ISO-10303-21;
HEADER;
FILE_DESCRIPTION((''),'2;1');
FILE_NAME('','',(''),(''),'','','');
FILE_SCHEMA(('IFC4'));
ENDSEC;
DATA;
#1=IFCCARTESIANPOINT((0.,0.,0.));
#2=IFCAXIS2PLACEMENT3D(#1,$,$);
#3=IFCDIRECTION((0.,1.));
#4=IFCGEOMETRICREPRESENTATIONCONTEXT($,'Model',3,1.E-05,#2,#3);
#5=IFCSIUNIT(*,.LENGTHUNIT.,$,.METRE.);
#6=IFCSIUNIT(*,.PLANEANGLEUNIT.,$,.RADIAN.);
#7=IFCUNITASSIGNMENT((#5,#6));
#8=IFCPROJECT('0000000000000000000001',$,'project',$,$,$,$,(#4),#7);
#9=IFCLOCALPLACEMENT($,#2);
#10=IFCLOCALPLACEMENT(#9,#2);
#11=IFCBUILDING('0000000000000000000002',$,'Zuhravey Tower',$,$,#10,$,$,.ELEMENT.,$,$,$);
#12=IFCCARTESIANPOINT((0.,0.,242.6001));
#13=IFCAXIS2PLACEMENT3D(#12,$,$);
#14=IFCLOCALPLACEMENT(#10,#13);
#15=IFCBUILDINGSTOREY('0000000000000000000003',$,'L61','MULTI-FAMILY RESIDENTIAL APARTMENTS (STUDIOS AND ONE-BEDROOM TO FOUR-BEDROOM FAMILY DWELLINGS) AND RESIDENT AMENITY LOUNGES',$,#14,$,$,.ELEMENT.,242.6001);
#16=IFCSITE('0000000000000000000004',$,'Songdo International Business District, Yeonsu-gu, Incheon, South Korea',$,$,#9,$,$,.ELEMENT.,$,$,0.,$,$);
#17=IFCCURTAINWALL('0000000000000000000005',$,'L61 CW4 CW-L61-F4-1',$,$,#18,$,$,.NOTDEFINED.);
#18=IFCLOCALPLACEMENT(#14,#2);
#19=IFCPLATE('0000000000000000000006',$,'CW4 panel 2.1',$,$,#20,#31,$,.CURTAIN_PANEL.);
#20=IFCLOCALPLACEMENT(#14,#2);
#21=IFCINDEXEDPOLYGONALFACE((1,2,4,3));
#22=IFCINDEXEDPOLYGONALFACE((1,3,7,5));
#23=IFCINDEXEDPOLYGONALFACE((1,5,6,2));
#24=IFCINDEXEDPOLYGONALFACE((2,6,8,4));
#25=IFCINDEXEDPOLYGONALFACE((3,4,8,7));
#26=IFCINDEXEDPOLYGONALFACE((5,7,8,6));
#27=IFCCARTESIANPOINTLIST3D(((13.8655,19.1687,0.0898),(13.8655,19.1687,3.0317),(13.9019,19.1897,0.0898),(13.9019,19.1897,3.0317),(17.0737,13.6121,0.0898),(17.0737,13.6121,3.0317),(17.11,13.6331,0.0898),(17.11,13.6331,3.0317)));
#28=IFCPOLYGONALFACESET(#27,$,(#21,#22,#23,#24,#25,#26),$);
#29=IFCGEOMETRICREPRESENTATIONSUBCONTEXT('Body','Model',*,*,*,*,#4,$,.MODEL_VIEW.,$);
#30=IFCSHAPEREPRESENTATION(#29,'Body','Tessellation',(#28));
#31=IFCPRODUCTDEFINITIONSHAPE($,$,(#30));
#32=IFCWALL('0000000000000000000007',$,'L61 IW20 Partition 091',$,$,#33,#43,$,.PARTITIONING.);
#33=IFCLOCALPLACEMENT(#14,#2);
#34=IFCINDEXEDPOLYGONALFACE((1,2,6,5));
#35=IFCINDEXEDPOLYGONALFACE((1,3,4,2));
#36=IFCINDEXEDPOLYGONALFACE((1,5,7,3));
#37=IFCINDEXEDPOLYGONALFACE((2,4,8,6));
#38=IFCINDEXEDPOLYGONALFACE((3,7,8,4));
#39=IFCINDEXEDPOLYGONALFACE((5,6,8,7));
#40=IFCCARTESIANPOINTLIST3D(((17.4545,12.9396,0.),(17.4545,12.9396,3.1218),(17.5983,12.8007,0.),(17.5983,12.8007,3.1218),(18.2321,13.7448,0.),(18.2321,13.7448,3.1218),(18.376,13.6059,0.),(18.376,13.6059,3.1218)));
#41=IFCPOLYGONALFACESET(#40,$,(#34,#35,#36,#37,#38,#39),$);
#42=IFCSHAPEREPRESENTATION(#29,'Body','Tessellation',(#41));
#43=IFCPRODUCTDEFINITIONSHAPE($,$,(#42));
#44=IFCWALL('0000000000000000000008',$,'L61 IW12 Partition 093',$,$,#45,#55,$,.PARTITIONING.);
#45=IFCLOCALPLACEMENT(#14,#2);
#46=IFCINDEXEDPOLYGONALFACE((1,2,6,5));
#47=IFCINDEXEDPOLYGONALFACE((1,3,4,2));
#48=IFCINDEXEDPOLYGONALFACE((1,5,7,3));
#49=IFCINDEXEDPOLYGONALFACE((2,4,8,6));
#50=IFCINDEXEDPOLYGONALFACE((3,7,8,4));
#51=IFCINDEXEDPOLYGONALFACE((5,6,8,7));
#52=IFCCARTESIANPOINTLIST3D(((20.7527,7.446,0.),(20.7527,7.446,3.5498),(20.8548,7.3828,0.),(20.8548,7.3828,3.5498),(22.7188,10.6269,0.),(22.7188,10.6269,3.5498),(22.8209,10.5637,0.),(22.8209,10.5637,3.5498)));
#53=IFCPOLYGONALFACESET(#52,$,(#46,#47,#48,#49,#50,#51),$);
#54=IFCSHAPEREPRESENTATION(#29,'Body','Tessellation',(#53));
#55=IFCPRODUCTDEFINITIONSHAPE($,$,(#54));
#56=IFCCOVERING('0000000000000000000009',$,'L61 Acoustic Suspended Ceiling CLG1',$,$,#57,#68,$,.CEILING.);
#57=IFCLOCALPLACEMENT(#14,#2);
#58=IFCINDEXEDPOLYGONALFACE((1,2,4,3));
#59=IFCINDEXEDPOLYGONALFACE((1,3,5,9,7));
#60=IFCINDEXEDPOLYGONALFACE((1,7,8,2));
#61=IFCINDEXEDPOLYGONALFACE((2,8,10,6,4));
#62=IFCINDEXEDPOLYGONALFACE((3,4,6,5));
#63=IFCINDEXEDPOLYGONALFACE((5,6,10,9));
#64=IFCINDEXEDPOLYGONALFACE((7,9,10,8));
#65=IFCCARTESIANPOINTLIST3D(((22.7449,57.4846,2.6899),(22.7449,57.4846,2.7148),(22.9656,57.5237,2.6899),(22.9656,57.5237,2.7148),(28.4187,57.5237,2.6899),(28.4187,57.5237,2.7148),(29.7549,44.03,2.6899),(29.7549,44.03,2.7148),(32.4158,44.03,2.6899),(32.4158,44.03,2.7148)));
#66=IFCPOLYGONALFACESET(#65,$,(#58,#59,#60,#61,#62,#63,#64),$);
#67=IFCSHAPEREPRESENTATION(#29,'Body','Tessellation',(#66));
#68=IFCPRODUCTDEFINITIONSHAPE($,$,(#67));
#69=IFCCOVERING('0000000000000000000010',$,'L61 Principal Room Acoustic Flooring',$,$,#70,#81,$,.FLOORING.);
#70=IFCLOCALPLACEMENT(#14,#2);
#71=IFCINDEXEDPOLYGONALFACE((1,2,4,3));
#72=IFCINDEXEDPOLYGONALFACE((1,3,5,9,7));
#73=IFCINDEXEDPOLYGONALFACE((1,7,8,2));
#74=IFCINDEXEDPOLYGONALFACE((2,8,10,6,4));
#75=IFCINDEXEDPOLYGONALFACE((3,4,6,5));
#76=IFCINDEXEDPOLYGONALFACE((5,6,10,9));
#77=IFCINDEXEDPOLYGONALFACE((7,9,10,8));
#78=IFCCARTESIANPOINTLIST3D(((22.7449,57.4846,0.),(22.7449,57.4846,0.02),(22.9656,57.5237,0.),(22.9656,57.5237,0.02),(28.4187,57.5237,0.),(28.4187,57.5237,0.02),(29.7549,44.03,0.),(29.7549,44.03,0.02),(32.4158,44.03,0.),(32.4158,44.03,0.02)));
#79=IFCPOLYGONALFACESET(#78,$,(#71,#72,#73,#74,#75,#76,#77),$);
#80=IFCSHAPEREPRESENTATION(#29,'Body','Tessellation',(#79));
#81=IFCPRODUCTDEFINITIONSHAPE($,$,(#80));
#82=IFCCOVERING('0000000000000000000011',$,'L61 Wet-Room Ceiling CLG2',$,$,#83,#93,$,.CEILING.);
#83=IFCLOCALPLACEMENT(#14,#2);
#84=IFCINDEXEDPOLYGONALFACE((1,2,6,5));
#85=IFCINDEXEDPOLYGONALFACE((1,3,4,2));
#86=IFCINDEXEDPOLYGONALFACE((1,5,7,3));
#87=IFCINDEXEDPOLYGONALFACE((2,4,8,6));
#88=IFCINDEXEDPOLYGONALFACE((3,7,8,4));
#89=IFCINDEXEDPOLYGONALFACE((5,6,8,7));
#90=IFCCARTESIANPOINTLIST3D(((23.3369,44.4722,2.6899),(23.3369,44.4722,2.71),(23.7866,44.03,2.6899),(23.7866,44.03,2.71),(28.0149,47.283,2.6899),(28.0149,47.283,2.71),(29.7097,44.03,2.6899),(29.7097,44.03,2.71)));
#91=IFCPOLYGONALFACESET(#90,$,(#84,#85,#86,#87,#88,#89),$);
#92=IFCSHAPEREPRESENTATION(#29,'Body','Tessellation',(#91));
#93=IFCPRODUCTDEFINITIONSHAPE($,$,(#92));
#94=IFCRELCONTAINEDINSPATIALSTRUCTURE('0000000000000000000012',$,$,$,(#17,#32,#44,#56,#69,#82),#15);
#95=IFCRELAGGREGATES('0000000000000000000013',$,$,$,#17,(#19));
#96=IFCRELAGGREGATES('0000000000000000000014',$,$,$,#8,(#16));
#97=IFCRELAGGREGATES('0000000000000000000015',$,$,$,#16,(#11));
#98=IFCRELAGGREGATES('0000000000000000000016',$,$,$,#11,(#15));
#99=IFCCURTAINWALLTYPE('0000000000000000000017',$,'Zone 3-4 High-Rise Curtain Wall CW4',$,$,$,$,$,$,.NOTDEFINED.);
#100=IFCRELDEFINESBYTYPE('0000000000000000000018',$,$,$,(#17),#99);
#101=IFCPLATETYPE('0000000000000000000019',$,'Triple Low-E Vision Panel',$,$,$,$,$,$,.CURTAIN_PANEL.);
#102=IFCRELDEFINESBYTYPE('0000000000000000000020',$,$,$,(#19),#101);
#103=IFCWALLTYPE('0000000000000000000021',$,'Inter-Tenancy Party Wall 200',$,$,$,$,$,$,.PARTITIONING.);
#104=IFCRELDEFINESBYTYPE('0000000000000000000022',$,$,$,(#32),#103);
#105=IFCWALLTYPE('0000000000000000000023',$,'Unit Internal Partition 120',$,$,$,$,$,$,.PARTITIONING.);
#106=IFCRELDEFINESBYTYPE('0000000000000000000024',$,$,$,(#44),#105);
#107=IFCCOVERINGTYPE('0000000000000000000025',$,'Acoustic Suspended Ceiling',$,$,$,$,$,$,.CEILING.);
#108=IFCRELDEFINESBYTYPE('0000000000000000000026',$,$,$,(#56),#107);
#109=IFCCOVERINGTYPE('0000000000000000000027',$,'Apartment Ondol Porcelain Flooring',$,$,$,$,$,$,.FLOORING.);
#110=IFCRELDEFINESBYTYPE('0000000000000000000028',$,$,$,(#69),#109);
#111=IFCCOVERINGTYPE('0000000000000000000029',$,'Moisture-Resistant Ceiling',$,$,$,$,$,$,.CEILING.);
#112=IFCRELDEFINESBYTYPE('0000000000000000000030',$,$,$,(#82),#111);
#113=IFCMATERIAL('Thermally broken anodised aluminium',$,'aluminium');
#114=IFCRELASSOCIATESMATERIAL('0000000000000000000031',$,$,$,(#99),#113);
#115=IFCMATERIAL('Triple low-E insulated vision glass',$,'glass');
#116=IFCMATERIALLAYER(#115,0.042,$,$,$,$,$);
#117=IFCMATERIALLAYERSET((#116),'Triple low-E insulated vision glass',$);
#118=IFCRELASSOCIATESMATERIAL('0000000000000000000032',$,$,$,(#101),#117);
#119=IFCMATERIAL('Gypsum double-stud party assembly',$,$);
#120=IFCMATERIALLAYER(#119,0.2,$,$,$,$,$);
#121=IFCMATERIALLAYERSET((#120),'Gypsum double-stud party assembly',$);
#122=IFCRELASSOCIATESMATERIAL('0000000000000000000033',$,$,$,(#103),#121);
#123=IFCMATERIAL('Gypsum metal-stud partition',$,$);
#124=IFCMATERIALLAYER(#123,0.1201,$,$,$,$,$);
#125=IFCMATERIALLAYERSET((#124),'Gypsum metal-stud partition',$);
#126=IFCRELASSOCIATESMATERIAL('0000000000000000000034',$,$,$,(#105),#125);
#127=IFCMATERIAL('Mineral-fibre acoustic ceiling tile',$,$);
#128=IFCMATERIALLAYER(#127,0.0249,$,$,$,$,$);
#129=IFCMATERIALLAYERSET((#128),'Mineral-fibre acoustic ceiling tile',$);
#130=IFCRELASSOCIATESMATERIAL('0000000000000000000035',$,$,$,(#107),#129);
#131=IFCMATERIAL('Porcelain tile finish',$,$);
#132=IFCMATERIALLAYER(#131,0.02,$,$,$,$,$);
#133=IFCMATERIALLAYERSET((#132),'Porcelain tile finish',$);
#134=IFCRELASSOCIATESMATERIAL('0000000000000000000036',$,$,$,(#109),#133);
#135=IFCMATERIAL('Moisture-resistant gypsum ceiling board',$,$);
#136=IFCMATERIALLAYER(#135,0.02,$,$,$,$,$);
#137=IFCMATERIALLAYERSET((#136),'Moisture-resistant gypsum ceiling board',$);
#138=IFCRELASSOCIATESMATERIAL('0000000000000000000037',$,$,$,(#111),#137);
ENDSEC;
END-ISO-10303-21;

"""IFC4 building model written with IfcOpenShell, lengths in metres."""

from ifc_helpers import new_model, si_unit, direction, frame, frame_2d, origin, origin_2d, place, context, subcontext, project, spatial, polyline, rectangle, outline, extrude, material, layer, layer_set, type_object, element, aggregate, save


model = new_model("IFC4")

# Units and contexts
model_context = context("Model", 3, precision=1e-05, world=origin(), true_north=direction((0.0, 1.0)))
body_context = subcontext(model_context, "Body", "Model", "MODEL_VIEW")
ifc_project = project(units=[si_unit("LENGTHUNIT", "METRE"), si_unit("PLANEANGLEUNIT", "RADIAN")], contexts=[model_context])

# Site, building, storey
site_placement = place(None, origin())
site = spatial("IfcSite", under=ifc_project, at=site_placement, Name="Songdo International Business District, Yeonsu-gu, Incheon, South Korea", CompositionType="ELEMENT", RefElevation=0.0)
building_placement = place(site_placement, origin())
building = spatial("IfcBuilding", under=site, at=building_placement, Name="Zuhravey Tower", CompositionType="ELEMENT")
storey_placement = place(building_placement, frame((0.0, 0.0, 242.6001)))
storey = spatial("IfcBuildingStorey", under=building, at=storey_placement, Name="L61", Description="MULTI-FAMILY RESIDENTIAL APARTMENTS (STUDIOS AND ONE-BEDROOM TO FOUR-BEDROOM FAMILY DWELLINGS) AND RESIDENT AMENITY LOUNGES", CompositionType="ELEMENT", Elevation=242.6001)

# Curtain wall
ifc_material_1 = material(Name="Thermally broken anodised aluminium", Category="aluminium")
curtain_wall_type = type_object("IfcCurtainWallType", Name="Zone 3-4 High-Rise Curtain Wall CW4", PredefinedType="NOTDEFINED", material=ifc_material_1)
curtain_wall_placement = place(storey_placement, origin())
curtain_wall = element("IfcCurtainWall", 1, at=curtain_wall_placement, inside=storey, type_object=curtain_wall_type, Name="L61 CW4 CW-L61-F4-1", PredefinedType="NOTDEFINED")

# Plate
ifc_material_2 = material(Name="Triple low-E insulated vision glass", Category="glass")
ifc_layer_1 = layer(ifc_material_2, 0.042)
ifc_layer_set_1 = layer_set([ifc_layer_1], Name="Triple low-E insulated vision glass")
plate_type = type_object("IfcPlateType", Name="Triple Low-E Vision Panel", PredefinedType="CURTAIN_PANEL", material=ifc_layer_set_1)
plate_1_placement = place(storey_placement, frame((15.4878, 16.4009, 0.0898), z_axis=(0.0, 0.0, 1.0), x_axis=(-0.500001, 0.866025, 0.0)))
plate_1 = element("IfcPlate", 2, at=plate_1_placement, type_object=plate_type, Name="CW4 panel 2.1", PredefinedType="CURTAIN_PANEL", context=body_context, shape_type="SweptSolid", body=[
    extrude(rectangle(XDim=6.4163, YDim=0.042, at=origin_2d()), origin(), (0.0, 0.0, 1.0), 2.9419),
])
aggregate(curtain_wall, [plate_1])

# Walls
ifc_material_3 = material(Name="Gypsum double-stud party assembly")
ifc_layer_2 = layer(ifc_material_3, 0.2)
ifc_layer_set_2 = layer_set([ifc_layer_2], Name="Gypsum double-stud party assembly")
wall_type_1 = type_object("IfcWallType", Name="Inter-Tenancy Party Wall 200", PredefinedType="PARTITIONING", material=ifc_layer_set_2)
wall_1_placement = place(storey_placement, frame((18.304, 13.6753, 0.0), z_axis=(0.0, 0.0, 1.0), x_axis=(-0.694676, -0.719323, 0.0)))
element("IfcWall", 3, at=wall_1_placement, inside=storey, type_object=wall_type_1, Name="L61 IW20 Partition 091", PredefinedType="PARTITIONING", context=body_context, shape_type="SweptSolid", body=[
    extrude(rectangle(XDim=1.1194, YDim=0.2, at=frame_2d((0.5596, 0.0))), origin(), (0.0, 0.0, 1.0), 3.1218),
])
ifc_material_4 = material(Name="Gypsum metal-stud partition")
ifc_layer_3 = layer(ifc_material_4, 0.1201)
ifc_layer_set_3 = layer_set([ifc_layer_3], Name="Gypsum metal-stud partition")
wall_type_2 = type_object("IfcWallType", Name="Unit Internal Partition 120", PredefinedType="PARTITIONING", material=ifc_layer_set_3)
wall_2_placement = place(storey_placement, frame((22.7698, 10.5952, 0.0), z_axis=(0.0, 0.0, 1.0), x_axis=(-0.525761, -0.850632, 0.0)))
element("IfcWall", 4, at=wall_2_placement, inside=storey, type_object=wall_type_2, Name="L61 IW12 Partition 093", PredefinedType="PARTITIONING", context=body_context, shape_type="SweptSolid", body=[
    extrude(rectangle(XDim=3.7395, YDim=0.1201, at=frame_2d((1.8696, 0.0))), origin(), (0.0, 0.0, 1.0), 3.5498),
])

# Coverings
ifc_material_5 = material(Name="Mineral-fibre acoustic ceiling tile")
ifc_layer_4 = layer(ifc_material_5, 0.0249)
ifc_layer_set_4 = layer_set([ifc_layer_4], Name="Mineral-fibre acoustic ceiling tile")
covering_type_1 = type_object("IfcCoveringType", Name="Acoustic Suspended Ceiling", PredefinedType="CEILING", material=ifc_layer_set_4)
covering_1_placement = place(storey_placement, frame((0.0, 0.0, 2.6899)))
element("IfcCovering", 5, at=covering_1_placement, inside=storey, type_object=covering_type_1, Name="L61 Acoustic Suspended Ceiling CLG1", PredefinedType="CEILING", context=body_context, shape_type="SweptSolid", body=[
    extrude(outline(polyline([(22.9656, 57.5237), (28.4187, 57.5237), (32.4158, 44.03), (29.7549, 44.03), (22.7449, 57.4846), (22.9656, 57.5237)])), origin(), (0.0, 0.0, 1.0), 0.0249),
])
ifc_material_6 = material(Name="Porcelain tile finish")
ifc_layer_5 = layer(ifc_material_6, 0.02)
ifc_layer_set_5 = layer_set([ifc_layer_5], Name="Porcelain tile finish")
covering_type_2 = type_object("IfcCoveringType", Name="Apartment Ondol Porcelain Flooring", PredefinedType="FLOORING", material=ifc_layer_set_5)
covering_2_placement = place(storey_placement, origin())
element("IfcCovering", 6, at=covering_2_placement, inside=storey, type_object=covering_type_2, Name="L61 Principal Room Acoustic Flooring", PredefinedType="FLOORING", context=body_context, shape_type="SweptSolid", body=[
    extrude(outline(polyline([(22.9656, 57.5237), (28.4187, 57.5237), (32.4158, 44.03), (29.7549, 44.03), (22.7449, 57.4846), (22.9656, 57.5237)])), origin(), (0.0, 0.0, 1.0), 0.02),
])
ifc_material_7 = material(Name="Moisture-resistant gypsum ceiling board")
ifc_layer_6 = layer(ifc_material_7, 0.02)
ifc_layer_set_6 = layer_set([ifc_layer_6], Name="Moisture-resistant gypsum ceiling board")
covering_type_3 = type_object("IfcCoveringType", Name="Moisture-Resistant Ceiling", PredefinedType="CEILING", material=ifc_layer_set_6)
covering_3_placement = place(storey_placement, frame((0.0, 0.0, 2.6899)))
element("IfcCovering", 7, at=covering_3_placement, inside=storey, type_object=covering_type_3, Name="L61 Wet-Room Ceiling CLG2", PredefinedType="CEILING", context=body_context, shape_type="SweptSolid", body=[
    extrude(outline(polyline([(29.7097, 44.03), (23.7866, 44.03), (23.3369, 44.4722), (28.0149, 47.283), (29.7097, 44.03)])), origin(), (0.0, 0.0, 1.0), 0.02),
])

save(model, "model.ifc")
